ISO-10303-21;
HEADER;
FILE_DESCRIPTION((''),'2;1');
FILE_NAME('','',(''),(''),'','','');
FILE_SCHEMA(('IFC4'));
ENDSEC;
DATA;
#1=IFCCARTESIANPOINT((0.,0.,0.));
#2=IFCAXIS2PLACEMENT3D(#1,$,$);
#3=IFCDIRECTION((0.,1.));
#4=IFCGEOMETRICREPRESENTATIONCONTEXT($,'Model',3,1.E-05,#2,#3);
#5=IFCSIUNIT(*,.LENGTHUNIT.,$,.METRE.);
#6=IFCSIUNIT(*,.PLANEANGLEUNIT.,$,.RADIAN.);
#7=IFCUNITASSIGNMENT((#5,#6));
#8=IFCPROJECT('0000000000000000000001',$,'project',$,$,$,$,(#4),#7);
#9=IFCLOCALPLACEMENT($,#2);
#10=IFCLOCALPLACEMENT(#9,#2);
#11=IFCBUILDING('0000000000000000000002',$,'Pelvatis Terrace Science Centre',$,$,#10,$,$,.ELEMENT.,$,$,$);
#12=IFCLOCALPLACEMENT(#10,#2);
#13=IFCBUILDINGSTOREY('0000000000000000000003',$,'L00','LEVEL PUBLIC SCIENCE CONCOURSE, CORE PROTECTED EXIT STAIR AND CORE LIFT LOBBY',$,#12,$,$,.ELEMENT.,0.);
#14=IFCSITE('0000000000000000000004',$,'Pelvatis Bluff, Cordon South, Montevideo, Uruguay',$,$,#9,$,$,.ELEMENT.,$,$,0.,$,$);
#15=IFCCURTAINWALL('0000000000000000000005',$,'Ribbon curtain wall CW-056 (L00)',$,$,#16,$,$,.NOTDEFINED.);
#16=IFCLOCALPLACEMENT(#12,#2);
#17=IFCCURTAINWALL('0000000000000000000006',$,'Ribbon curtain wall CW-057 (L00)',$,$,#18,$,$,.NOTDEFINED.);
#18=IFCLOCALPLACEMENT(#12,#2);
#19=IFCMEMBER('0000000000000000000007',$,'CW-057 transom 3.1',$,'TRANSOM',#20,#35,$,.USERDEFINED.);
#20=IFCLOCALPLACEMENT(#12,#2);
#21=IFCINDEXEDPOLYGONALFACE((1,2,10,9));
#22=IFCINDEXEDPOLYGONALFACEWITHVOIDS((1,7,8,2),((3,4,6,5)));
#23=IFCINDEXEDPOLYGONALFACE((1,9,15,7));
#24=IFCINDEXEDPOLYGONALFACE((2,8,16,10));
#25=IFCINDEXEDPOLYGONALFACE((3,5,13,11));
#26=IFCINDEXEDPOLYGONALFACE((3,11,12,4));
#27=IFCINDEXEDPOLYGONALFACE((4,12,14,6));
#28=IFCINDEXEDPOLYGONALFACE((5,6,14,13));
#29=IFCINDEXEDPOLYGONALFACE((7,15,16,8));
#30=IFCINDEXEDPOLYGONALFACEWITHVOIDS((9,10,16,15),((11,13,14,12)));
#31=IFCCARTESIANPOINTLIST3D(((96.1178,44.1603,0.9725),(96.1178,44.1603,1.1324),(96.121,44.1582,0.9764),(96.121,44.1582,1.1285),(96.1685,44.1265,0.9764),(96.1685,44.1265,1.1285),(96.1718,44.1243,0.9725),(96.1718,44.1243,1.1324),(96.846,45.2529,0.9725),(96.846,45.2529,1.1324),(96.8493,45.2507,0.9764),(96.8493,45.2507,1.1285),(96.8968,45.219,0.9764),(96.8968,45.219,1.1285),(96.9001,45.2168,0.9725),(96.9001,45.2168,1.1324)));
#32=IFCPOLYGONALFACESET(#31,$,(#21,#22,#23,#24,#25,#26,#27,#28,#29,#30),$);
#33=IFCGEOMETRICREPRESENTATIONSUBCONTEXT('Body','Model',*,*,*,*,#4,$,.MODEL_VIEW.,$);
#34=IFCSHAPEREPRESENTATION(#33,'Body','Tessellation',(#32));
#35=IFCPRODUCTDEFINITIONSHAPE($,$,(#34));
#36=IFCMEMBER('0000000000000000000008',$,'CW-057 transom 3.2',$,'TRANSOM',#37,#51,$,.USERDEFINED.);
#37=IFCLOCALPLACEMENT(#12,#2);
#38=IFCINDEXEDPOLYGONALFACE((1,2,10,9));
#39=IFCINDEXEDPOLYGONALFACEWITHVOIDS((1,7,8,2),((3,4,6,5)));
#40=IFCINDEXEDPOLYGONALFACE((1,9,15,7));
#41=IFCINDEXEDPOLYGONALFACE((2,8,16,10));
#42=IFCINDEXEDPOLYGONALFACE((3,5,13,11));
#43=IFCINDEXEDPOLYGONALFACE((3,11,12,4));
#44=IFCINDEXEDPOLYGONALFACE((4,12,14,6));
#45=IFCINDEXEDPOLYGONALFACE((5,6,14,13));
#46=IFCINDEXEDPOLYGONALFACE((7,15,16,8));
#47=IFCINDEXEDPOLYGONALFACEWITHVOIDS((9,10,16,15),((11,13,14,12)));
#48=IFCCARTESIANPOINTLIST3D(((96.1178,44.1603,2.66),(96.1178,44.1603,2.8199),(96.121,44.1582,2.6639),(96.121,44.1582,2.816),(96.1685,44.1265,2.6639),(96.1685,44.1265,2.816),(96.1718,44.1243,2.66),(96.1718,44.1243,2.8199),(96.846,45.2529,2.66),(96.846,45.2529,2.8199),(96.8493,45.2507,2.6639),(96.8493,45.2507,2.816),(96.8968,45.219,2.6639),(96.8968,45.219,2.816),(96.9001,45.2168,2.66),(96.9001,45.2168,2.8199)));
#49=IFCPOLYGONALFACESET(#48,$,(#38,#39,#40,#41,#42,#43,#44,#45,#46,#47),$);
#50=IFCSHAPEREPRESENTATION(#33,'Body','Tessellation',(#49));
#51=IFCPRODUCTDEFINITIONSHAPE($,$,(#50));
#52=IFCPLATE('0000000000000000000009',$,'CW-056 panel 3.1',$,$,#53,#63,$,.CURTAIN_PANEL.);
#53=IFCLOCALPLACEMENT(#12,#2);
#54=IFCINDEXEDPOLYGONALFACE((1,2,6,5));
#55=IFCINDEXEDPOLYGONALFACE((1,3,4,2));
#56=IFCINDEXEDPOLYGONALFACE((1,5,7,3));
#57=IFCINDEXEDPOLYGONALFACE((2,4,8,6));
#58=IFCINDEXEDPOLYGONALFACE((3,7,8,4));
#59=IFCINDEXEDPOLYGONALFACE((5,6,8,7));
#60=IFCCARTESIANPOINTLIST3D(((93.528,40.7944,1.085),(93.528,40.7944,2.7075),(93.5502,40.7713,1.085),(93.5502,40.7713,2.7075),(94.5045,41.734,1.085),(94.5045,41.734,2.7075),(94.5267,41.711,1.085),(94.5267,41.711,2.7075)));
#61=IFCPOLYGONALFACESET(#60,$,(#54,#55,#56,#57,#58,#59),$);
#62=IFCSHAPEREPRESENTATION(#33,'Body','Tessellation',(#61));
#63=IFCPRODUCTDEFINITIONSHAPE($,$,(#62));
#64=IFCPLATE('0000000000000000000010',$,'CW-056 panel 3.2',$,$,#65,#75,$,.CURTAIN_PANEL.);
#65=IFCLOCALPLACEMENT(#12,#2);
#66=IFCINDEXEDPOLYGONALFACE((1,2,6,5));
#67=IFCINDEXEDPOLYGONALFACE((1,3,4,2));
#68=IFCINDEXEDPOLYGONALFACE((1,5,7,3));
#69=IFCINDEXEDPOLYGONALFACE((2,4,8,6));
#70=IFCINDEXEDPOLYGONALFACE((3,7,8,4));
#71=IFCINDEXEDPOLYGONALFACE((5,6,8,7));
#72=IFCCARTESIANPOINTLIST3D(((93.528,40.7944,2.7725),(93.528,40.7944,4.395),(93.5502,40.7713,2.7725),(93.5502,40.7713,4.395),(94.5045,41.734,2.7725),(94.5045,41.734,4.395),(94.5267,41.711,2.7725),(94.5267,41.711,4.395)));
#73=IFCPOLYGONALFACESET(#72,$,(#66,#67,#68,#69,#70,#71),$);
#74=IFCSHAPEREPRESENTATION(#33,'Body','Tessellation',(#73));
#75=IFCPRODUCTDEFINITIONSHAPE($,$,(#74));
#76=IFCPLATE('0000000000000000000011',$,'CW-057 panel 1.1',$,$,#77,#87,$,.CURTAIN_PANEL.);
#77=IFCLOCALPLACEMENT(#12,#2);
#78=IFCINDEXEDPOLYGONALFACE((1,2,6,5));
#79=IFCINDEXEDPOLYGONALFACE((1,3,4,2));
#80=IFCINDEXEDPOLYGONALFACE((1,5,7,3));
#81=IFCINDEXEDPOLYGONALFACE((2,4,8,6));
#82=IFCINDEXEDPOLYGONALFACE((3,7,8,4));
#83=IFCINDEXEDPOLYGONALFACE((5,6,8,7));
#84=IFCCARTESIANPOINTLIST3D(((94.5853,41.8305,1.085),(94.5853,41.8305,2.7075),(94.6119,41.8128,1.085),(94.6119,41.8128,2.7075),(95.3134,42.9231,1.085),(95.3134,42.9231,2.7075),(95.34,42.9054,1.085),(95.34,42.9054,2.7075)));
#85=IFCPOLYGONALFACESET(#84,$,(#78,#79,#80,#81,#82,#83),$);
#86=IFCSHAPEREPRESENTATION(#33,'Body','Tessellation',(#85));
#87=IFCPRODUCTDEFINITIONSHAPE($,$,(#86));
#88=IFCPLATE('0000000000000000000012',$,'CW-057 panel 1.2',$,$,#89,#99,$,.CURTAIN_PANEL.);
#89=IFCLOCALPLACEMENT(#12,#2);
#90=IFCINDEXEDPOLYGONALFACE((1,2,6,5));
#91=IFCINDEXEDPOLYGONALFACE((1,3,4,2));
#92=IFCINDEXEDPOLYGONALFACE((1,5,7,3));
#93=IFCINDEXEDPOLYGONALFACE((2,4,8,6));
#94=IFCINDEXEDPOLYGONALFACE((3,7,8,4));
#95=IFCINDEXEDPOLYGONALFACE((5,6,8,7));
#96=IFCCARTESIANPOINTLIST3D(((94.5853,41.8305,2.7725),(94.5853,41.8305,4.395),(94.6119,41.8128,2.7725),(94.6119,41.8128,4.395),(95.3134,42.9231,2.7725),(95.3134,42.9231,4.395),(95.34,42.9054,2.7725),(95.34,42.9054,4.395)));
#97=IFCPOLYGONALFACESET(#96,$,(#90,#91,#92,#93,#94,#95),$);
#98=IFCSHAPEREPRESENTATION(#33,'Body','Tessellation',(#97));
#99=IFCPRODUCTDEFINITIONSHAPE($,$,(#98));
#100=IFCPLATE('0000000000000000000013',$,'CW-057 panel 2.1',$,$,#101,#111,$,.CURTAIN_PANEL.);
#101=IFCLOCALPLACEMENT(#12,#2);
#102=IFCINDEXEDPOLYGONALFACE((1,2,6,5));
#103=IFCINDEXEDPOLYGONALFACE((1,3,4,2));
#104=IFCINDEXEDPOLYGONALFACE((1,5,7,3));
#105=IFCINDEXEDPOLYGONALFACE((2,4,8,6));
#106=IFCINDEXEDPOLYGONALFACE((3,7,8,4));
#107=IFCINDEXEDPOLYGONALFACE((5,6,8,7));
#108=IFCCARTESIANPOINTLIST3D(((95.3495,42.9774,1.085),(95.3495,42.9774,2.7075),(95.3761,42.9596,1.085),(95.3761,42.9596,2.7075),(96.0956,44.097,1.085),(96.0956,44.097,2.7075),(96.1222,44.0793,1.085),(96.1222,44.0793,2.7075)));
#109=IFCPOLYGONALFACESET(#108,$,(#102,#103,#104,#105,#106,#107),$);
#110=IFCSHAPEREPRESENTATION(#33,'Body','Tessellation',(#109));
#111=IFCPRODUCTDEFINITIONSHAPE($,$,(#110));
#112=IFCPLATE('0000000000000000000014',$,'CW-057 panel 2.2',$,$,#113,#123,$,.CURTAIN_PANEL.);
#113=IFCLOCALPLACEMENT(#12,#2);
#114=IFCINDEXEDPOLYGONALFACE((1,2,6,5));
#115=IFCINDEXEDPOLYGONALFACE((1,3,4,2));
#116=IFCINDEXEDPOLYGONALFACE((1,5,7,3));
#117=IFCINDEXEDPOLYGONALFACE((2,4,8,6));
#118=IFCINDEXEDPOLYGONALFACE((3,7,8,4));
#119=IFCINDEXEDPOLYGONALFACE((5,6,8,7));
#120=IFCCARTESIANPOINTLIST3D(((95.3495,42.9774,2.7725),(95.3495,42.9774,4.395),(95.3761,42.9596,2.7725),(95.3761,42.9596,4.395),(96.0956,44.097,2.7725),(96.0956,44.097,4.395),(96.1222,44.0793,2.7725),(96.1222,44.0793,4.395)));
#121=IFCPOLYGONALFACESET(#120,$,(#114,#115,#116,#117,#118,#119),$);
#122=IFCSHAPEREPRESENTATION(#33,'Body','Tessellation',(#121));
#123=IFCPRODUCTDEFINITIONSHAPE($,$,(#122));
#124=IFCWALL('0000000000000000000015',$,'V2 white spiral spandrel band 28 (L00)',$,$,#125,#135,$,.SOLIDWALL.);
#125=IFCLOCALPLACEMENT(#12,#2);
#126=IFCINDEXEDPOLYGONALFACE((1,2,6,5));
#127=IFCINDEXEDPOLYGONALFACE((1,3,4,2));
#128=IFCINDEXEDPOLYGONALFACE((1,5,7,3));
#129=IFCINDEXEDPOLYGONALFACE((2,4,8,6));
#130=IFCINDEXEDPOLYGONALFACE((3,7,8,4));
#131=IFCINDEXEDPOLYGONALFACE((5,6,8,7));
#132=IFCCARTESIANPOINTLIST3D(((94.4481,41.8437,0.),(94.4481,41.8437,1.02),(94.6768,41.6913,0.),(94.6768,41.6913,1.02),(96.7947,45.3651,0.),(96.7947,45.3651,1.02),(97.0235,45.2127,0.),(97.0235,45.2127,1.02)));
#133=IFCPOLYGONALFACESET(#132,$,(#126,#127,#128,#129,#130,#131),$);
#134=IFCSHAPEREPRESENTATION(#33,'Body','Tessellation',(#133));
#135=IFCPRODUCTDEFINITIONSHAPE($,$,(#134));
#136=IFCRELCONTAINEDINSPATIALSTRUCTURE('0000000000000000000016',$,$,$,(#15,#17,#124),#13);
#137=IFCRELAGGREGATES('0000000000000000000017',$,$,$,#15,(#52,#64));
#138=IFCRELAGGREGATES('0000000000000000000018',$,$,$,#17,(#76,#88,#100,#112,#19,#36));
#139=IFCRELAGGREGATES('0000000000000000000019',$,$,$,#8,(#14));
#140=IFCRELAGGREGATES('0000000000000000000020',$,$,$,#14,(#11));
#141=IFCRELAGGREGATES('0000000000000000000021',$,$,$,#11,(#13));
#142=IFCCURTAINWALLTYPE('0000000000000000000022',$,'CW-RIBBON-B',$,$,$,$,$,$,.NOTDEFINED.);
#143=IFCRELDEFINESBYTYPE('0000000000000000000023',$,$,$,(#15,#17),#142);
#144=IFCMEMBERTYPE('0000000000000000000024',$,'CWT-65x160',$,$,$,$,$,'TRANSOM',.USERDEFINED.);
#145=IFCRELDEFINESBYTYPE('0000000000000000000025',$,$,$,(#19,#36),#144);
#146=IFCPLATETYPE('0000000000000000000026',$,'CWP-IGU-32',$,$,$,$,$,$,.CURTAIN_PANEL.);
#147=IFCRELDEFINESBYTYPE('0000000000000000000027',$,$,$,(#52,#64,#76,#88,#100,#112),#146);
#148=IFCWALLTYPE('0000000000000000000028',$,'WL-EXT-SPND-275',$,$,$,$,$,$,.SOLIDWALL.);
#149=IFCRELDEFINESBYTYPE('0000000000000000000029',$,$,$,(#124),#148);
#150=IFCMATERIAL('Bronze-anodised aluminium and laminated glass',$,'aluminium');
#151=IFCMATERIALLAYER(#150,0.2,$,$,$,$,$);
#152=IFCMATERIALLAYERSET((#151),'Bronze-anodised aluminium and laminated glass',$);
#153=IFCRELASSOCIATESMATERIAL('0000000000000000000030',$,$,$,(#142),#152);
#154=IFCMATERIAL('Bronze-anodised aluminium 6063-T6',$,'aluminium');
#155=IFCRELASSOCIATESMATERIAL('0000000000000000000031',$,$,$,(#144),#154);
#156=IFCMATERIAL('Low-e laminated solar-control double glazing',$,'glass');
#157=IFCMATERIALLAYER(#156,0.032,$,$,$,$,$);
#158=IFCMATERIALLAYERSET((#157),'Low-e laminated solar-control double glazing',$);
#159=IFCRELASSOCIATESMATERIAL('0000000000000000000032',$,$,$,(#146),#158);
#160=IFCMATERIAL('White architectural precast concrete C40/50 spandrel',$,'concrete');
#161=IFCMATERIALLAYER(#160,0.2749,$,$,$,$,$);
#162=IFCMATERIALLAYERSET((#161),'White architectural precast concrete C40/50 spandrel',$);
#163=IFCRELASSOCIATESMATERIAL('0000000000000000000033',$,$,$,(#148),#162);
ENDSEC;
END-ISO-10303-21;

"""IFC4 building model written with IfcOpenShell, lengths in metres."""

from ifc_helpers import new_model, si_unit, direction, frame, frame_2d, origin, origin_2d, place, context, subcontext, project, spatial, rectangle, hollow_rectangle, extrude, material, layer, layer_set, material_profile, profile_set, type_object, element, aggregate, save


model = new_model("IFC4")

# Units and contexts
model_context = context("Model", 3, precision=1e-05, world=origin(), true_north=direction((0.0, 1.0)))
body_context = subcontext(model_context, "Body", "Model", "MODEL_VIEW")
ifc_project = project(units=[si_unit("LENGTHUNIT", "METRE"), si_unit("PLANEANGLEUNIT", "RADIAN")], contexts=[model_context])

# Site, building, storey
site_placement = place(None, origin())
site = spatial("IfcSite", under=ifc_project, at=site_placement, Name="Pelvatis Bluff, Cordon South, Montevideo, Uruguay", CompositionType="ELEMENT", RefElevation=0.0)
building_placement = place(site_placement, origin())
building = spatial("IfcBuilding", under=site, at=building_placement, Name="Pelvatis Terrace Science Centre", CompositionType="ELEMENT")
storey_placement = place(building_placement, origin())
storey = spatial("IfcBuildingStorey", under=building, at=storey_placement, Name="L00", Description="LEVEL PUBLIC SCIENCE CONCOURSE, CORE PROTECTED EXIT STAIR AND CORE LIFT LOBBY", CompositionType="ELEMENT", Elevation=0.0)

# Curtain wall
ifc_material_1 = material(Name="Bronze-anodised aluminium and laminated glass", Category="aluminium")
ifc_layer_1 = layer(ifc_material_1, 0.2)
ifc_layer_set_1 = layer_set([ifc_layer_1], Name="Bronze-anodised aluminium and laminated glass")
curtain_wall_type = type_object("IfcCurtainWallType", Name="CW-RIBBON-B", PredefinedType="NOTDEFINED", material=ifc_layer_set_1)
curtain_wall_1_placement = place(storey_placement, origin())
curtain_wall_1 = element("IfcCurtainWall", 1, at=curtain_wall_1_placement, inside=storey, type_object=curtain_wall_type, Name="Ribbon curtain wall CW-056 (L00)", PredefinedType="NOTDEFINED")

# Curtain wall
curtain_wall_2_placement = place(storey_placement, origin())
curtain_wall_2 = element("IfcCurtainWall", 2, at=curtain_wall_2_placement, inside=storey, type_object=curtain_wall_type, Name="Ribbon curtain wall CW-057 (L00)", PredefinedType="NOTDEFINED")

# Members
ifc_material_2 = material(Name="Bronze-anodised aluminium 6063-T6", Category="aluminium")
ifc_material_profile_1 = material_profile(ifc_material_2, hollow_rectangle(XDim=0.0649, YDim=0.1599, WallThickness=0.0039, at=origin_2d()), Name="ALU-TRN 65x160")
ifc_profile_set_1 = profile_set([ifc_material_profile_1], Name="Bronze-anodised aluminium 6063-T6")
member_type_1 = type_object("IfcMemberType", Name="CWT-65x160", ElementType="TRANSOM", PredefinedType="USERDEFINED", material=ifc_profile_set_1)
member_1_placement = place(storey_placement, frame((96.1448, 44.1423, 1.0525), z_axis=(0.554657, 0.832079, 0.0), x_axis=(-0.832079, 0.554657, 0.0)))
member_1 = element("IfcMember", 3, at=member_1_placement, type_object=member_type_1, Name="CW-057 transom 3.1", ObjectType="TRANSOM", PredefinedType="USERDEFINED", context=body_context, shape_type="SweptSolid", body=[
    extrude(hollow_rectangle(XDim=0.0649, YDim=0.1599, WallThickness=0.0039, at=origin_2d()), origin(), (0.0, 0.0, 1.0), 1.313),
])
member_2_placement = place(storey_placement, frame((96.1448, 44.1423, 2.74), z_axis=(0.554657, 0.832079, 0.0), x_axis=(-0.832079, 0.554657, 0.0)))
member_2 = element("IfcMember", 4, at=member_2_placement, type_object=member_type_1, Name="CW-057 transom 3.2", ObjectType="TRANSOM", PredefinedType="USERDEFINED", context=body_context, shape_type="SweptSolid", body=[
    extrude(hollow_rectangle(XDim=0.0649, YDim=0.1599, WallThickness=0.0039, at=origin_2d()), origin(), (0.0, 0.0, 1.0), 1.313),
])

# Plates
ifc_material_3 = material(Name="Low-e laminated solar-control double glazing", Category="glass")
ifc_layer_2 = layer(ifc_material_3, 0.032)
ifc_layer_set_2 = layer_set([ifc_layer_2], Name="Low-e laminated solar-control double glazing")
plate_type = type_object("IfcPlateType", Name="CWP-IGU-32", PredefinedType="CURTAIN_PANEL", material=ifc_layer_set_2)
plate_1_placement = place(storey_placement, frame((94.0273, 41.2527, 1.085), z_axis=(0.0, 0.0, 1.0), x_axis=(0.720583, 0.693369, 0.0)))
plate_1 = element("IfcPlate", 5, at=plate_1_placement, type_object=plate_type, Name="CW-056 panel 3.1", PredefinedType="CURTAIN_PANEL", context=body_context, shape_type="SweptSolid", body=[
    extrude(rectangle(XDim=1.3552, YDim=0.032, at=origin_2d()), origin(), (0.0, 0.0, 1.0), 1.6226),
])
plate_2_placement = place(storey_placement, frame((94.0273, 41.2527, 2.7725), z_axis=(0.0, 0.0, 1.0), x_axis=(0.720583, 0.693369, 0.0)))
plate_2 = element("IfcPlate", 6, at=plate_2_placement, type_object=plate_type, Name="CW-056 panel 3.2", PredefinedType="CURTAIN_PANEL", context=body_context, shape_type="SweptSolid", body=[
    extrude(rectangle(XDim=1.3552, YDim=0.032, at=origin_2d()), origin(), (0.0, 0.0, 1.0), 1.6226),
])
aggregate(curtain_wall_1, [plate_1, plate_2])
plate_3_placement = place(storey_placement, frame((94.9626, 42.3679, 1.085), z_axis=(0.0, 0.0, 1.0), x_axis=(0.554553, 0.832148, 0.0)))
plate_3 = element("IfcPlate", 7, at=plate_3_placement, type_object=plate_type, Name="CW-057 panel 1.1", PredefinedType="CURTAIN_PANEL", context=body_context, shape_type="SweptSolid", body=[
    extrude(rectangle(XDim=1.313, YDim=0.032, at=origin_2d()), origin(), (0.0, 0.0, 1.0), 1.6226),
])
plate_4_placement = place(storey_placement, frame((94.9626, 42.3679, 2.7725), z_axis=(0.0, 0.0, 1.0), x_axis=(0.554553, 0.832148, 0.0)))
plate_4 = element("IfcPlate", 8, at=plate_4_placement, type_object=plate_type, Name="CW-057 panel 1.2", PredefinedType="CURTAIN_PANEL", context=body_context, shape_type="SweptSolid", body=[
    extrude(rectangle(XDim=1.313, YDim=0.032, at=origin_2d()), origin(), (0.0, 0.0, 1.0), 1.6226),
])
plate_5_placement = place(storey_placement, frame((95.7358, 43.5283, 1.085), z_axis=(0.0, 0.0, 1.0), x_axis=(0.554553, 0.832148, 0.0)))
plate_5 = element("IfcPlate", 9, at=plate_5_placement, type_object=plate_type, Name="CW-057 panel 2.1", PredefinedType="CURTAIN_PANEL", context=body_context, shape_type="SweptSolid", body=[
    extrude(rectangle(XDim=1.3455, YDim=0.032, at=origin_2d()), origin(), (0.0, 0.0, 1.0), 1.6226),
])
plate_6_placement = place(storey_placement, frame((95.7358, 43.5283, 2.7725), z_axis=(0.0, 0.0, 1.0), x_axis=(0.554553, 0.832148, 0.0)))
plate_6 = element("IfcPlate", 10, at=plate_6_placement, type_object=plate_type, Name="CW-057 panel 2.2", PredefinedType="CURTAIN_PANEL", context=body_context, shape_type="SweptSolid", body=[
    extrude(rectangle(XDim=1.3455, YDim=0.032, at=origin_2d()), origin(), (0.0, 0.0, 1.0), 1.6226),
])
aggregate(curtain_wall_2, [plate_3, plate_4, plate_5, plate_6, member_1, member_2])

# Wall
ifc_material_4 = material(Name="White architectural precast concrete C40/50 spandrel", Category="concrete")
ifc_layer_3 = layer(ifc_material_4, 0.2749)
ifc_layer_set_3 = layer_set([ifc_layer_3], Name="White architectural precast concrete C40/50 spandrel")
wall_type = type_object("IfcWallType", Name="WL-EXT-SPND-275", PredefinedType="SOLIDWALL", material=ifc_layer_set_3)
wall_placement = place(storey_placement, frame((94.5625, 41.7676, 0.0), z_axis=(0.0, 0.0, 1.0), x_axis=(0.55454, 0.832157, 0.0)))
element("IfcWall", 11, at=wall_placement, inside=storey, type_object=wall_type, Name="V2 white spiral spandrel band 28 (L00)", PredefinedType="SOLIDWALL", context=body_context, shape_type="SweptSolid", body=[
    extrude(rectangle(XDim=4.2317, YDim=0.2749, at=frame_2d((2.1157, 0.0))), origin(), (0.0, 0.0, 1.0), 1.02),
])

save(model, "model.ifc")
